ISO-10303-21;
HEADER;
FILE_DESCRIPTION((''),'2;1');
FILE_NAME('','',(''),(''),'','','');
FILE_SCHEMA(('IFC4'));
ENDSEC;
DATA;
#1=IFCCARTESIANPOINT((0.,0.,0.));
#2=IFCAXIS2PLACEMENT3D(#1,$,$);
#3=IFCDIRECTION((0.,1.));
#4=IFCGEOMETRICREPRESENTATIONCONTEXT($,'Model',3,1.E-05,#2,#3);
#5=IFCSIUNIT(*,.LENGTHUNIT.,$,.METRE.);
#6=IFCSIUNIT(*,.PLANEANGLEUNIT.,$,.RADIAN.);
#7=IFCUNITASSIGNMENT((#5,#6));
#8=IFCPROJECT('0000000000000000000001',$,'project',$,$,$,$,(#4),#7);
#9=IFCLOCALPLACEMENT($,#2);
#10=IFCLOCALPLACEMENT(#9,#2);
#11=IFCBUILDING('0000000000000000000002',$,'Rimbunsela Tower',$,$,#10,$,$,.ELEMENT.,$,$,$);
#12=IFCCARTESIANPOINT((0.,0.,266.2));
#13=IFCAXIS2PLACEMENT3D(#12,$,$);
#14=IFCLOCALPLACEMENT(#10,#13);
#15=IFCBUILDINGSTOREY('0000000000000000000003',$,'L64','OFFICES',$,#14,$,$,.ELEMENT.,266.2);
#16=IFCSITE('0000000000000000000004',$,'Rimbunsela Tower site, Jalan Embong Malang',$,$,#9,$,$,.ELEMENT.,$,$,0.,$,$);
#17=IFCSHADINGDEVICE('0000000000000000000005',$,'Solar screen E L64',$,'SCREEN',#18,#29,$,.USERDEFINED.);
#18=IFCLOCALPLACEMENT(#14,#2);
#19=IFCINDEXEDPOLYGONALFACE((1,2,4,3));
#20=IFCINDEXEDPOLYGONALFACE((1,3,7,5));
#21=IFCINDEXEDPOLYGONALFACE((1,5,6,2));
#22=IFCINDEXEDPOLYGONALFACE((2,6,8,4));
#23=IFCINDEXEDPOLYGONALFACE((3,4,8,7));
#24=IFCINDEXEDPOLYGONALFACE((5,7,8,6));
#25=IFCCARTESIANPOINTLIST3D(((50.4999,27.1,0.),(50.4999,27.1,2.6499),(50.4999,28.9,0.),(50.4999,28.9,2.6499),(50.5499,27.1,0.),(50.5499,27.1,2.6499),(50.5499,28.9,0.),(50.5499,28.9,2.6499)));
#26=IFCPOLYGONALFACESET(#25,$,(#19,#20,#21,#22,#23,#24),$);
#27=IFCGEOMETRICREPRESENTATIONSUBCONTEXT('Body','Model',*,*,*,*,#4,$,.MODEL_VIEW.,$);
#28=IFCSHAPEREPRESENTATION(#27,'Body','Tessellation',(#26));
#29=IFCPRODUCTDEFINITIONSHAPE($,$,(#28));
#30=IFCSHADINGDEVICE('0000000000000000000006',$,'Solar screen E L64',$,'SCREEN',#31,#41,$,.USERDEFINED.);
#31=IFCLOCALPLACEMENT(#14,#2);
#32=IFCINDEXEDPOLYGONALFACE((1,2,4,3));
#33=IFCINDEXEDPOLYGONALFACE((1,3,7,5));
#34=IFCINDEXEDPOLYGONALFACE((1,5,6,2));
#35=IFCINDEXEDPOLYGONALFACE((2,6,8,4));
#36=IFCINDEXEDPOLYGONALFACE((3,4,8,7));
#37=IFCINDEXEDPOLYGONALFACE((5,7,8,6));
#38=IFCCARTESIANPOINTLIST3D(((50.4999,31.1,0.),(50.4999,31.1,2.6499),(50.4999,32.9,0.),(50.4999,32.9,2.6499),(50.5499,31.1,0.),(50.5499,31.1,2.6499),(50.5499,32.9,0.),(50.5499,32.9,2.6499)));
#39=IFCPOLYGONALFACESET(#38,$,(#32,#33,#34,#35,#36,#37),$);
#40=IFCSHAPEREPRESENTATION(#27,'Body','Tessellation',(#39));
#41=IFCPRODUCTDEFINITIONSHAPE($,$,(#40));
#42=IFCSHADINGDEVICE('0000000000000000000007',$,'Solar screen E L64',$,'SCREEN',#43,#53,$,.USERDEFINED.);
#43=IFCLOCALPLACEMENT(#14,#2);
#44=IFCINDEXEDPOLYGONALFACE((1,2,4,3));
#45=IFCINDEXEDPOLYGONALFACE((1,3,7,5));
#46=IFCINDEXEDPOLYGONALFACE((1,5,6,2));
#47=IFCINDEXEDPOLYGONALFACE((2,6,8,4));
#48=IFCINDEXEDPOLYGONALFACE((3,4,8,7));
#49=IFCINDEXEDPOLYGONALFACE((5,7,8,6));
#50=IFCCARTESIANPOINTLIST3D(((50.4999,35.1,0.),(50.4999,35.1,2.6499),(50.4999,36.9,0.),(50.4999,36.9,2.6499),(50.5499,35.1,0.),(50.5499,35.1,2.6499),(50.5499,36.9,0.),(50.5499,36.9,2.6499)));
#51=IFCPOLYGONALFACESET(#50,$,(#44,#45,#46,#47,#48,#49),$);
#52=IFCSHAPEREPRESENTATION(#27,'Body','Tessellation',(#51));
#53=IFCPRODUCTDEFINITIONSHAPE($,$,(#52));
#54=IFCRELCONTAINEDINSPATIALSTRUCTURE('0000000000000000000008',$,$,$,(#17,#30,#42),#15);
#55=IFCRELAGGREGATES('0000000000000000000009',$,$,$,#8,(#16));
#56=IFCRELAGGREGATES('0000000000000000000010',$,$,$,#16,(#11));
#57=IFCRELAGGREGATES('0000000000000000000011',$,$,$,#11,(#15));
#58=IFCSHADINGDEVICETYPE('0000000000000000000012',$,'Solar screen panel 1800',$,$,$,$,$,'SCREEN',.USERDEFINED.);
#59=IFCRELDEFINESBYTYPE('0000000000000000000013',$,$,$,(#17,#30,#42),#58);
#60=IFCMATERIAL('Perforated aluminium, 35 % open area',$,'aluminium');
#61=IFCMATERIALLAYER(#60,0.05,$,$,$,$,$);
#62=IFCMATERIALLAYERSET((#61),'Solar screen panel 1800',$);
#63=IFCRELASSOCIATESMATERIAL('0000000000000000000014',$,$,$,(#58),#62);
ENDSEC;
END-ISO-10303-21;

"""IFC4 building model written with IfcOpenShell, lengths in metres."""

from ifc_helpers import new_model, si_unit, direction, frame, origin, origin_2d, place, context, subcontext, project, spatial, rectangle, extrude, material, layer, layer_set, type_object, element, save


model = new_model("IFC4")

# Units and contexts
model_context = context("Model", 3, precision=1e-05, world=origin(), true_north=direction((0.0, 1.0)))
body_context = subcontext(model_context, "Body", "Model", "MODEL_VIEW")
ifc_project = project(units=[si_unit("LENGTHUNIT", "METRE"), si_unit("PLANEANGLEUNIT", "RADIAN")], contexts=[model_context])

# Site, building, storey
site_placement = place(None, origin())
site = spatial("IfcSite", under=ifc_project, at=site_placement, Name="Rimbunsela Tower site, Jalan Embong Malang", CompositionType="ELEMENT", RefElevation=0.0)
building_placement = place(site_placement, origin())
building = spatial("IfcBuilding", under=site, at=building_placement, Name="Rimbunsela Tower", CompositionType="ELEMENT")
storey_placement = place(building_placement, frame((0.0, 0.0, 266.2)))
storey = spatial("IfcBuildingStorey", under=building, at=storey_placement, Name="L64", Description="OFFICES", CompositionType="ELEMENT", Elevation=266.2)

# Shading devices
ifc_material_1 = material(Name="Perforated aluminium, 35 % open area", Category="aluminium")
ifc_layer_1 = layer(ifc_material_1, 0.05)
ifc_layer_set_1 = layer_set([ifc_layer_1], Name="Solar screen panel 1800")
shading_device_type = type_object("IfcShadingDeviceType", Name="Solar screen panel 1800", ElementType="SCREEN", PredefinedType="USERDEFINED", material=ifc_layer_set_1)
for number, where, z_axis, x_axis, name in (
    (1, (50.5249, 28.0, 0.0), (0.0, 0.0, 1.0), (0.0, 1.0, 0.0), "Solar screen E L64"),
    (2, (50.5249, 32.0, 0.0), (0.0, 0.0, 1.0), (0.0, 1.0, 0.0), "Solar screen E L64"),
    (3, (50.5249, 36.0, 0.0), (0.0, 0.0, 1.0), (0.0, 1.0, 0.0), "Solar screen E L64"),
):
    element("IfcShadingDevice", number, at=place(storey_placement, frame(where, z_axis=z_axis, x_axis=x_axis)), inside=storey, type_object=shading_device_type, Name=name, ObjectType="SCREEN", PredefinedType="USERDEFINED", context=body_context, shape_type="SweptSolid", body=[
        extrude(rectangle(XDim=1.8, YDim=0.05, at=origin_2d()), origin(), (0.0, 0.0, 1.0), 2.6499),
    ])

save(model, "model.ifc")
